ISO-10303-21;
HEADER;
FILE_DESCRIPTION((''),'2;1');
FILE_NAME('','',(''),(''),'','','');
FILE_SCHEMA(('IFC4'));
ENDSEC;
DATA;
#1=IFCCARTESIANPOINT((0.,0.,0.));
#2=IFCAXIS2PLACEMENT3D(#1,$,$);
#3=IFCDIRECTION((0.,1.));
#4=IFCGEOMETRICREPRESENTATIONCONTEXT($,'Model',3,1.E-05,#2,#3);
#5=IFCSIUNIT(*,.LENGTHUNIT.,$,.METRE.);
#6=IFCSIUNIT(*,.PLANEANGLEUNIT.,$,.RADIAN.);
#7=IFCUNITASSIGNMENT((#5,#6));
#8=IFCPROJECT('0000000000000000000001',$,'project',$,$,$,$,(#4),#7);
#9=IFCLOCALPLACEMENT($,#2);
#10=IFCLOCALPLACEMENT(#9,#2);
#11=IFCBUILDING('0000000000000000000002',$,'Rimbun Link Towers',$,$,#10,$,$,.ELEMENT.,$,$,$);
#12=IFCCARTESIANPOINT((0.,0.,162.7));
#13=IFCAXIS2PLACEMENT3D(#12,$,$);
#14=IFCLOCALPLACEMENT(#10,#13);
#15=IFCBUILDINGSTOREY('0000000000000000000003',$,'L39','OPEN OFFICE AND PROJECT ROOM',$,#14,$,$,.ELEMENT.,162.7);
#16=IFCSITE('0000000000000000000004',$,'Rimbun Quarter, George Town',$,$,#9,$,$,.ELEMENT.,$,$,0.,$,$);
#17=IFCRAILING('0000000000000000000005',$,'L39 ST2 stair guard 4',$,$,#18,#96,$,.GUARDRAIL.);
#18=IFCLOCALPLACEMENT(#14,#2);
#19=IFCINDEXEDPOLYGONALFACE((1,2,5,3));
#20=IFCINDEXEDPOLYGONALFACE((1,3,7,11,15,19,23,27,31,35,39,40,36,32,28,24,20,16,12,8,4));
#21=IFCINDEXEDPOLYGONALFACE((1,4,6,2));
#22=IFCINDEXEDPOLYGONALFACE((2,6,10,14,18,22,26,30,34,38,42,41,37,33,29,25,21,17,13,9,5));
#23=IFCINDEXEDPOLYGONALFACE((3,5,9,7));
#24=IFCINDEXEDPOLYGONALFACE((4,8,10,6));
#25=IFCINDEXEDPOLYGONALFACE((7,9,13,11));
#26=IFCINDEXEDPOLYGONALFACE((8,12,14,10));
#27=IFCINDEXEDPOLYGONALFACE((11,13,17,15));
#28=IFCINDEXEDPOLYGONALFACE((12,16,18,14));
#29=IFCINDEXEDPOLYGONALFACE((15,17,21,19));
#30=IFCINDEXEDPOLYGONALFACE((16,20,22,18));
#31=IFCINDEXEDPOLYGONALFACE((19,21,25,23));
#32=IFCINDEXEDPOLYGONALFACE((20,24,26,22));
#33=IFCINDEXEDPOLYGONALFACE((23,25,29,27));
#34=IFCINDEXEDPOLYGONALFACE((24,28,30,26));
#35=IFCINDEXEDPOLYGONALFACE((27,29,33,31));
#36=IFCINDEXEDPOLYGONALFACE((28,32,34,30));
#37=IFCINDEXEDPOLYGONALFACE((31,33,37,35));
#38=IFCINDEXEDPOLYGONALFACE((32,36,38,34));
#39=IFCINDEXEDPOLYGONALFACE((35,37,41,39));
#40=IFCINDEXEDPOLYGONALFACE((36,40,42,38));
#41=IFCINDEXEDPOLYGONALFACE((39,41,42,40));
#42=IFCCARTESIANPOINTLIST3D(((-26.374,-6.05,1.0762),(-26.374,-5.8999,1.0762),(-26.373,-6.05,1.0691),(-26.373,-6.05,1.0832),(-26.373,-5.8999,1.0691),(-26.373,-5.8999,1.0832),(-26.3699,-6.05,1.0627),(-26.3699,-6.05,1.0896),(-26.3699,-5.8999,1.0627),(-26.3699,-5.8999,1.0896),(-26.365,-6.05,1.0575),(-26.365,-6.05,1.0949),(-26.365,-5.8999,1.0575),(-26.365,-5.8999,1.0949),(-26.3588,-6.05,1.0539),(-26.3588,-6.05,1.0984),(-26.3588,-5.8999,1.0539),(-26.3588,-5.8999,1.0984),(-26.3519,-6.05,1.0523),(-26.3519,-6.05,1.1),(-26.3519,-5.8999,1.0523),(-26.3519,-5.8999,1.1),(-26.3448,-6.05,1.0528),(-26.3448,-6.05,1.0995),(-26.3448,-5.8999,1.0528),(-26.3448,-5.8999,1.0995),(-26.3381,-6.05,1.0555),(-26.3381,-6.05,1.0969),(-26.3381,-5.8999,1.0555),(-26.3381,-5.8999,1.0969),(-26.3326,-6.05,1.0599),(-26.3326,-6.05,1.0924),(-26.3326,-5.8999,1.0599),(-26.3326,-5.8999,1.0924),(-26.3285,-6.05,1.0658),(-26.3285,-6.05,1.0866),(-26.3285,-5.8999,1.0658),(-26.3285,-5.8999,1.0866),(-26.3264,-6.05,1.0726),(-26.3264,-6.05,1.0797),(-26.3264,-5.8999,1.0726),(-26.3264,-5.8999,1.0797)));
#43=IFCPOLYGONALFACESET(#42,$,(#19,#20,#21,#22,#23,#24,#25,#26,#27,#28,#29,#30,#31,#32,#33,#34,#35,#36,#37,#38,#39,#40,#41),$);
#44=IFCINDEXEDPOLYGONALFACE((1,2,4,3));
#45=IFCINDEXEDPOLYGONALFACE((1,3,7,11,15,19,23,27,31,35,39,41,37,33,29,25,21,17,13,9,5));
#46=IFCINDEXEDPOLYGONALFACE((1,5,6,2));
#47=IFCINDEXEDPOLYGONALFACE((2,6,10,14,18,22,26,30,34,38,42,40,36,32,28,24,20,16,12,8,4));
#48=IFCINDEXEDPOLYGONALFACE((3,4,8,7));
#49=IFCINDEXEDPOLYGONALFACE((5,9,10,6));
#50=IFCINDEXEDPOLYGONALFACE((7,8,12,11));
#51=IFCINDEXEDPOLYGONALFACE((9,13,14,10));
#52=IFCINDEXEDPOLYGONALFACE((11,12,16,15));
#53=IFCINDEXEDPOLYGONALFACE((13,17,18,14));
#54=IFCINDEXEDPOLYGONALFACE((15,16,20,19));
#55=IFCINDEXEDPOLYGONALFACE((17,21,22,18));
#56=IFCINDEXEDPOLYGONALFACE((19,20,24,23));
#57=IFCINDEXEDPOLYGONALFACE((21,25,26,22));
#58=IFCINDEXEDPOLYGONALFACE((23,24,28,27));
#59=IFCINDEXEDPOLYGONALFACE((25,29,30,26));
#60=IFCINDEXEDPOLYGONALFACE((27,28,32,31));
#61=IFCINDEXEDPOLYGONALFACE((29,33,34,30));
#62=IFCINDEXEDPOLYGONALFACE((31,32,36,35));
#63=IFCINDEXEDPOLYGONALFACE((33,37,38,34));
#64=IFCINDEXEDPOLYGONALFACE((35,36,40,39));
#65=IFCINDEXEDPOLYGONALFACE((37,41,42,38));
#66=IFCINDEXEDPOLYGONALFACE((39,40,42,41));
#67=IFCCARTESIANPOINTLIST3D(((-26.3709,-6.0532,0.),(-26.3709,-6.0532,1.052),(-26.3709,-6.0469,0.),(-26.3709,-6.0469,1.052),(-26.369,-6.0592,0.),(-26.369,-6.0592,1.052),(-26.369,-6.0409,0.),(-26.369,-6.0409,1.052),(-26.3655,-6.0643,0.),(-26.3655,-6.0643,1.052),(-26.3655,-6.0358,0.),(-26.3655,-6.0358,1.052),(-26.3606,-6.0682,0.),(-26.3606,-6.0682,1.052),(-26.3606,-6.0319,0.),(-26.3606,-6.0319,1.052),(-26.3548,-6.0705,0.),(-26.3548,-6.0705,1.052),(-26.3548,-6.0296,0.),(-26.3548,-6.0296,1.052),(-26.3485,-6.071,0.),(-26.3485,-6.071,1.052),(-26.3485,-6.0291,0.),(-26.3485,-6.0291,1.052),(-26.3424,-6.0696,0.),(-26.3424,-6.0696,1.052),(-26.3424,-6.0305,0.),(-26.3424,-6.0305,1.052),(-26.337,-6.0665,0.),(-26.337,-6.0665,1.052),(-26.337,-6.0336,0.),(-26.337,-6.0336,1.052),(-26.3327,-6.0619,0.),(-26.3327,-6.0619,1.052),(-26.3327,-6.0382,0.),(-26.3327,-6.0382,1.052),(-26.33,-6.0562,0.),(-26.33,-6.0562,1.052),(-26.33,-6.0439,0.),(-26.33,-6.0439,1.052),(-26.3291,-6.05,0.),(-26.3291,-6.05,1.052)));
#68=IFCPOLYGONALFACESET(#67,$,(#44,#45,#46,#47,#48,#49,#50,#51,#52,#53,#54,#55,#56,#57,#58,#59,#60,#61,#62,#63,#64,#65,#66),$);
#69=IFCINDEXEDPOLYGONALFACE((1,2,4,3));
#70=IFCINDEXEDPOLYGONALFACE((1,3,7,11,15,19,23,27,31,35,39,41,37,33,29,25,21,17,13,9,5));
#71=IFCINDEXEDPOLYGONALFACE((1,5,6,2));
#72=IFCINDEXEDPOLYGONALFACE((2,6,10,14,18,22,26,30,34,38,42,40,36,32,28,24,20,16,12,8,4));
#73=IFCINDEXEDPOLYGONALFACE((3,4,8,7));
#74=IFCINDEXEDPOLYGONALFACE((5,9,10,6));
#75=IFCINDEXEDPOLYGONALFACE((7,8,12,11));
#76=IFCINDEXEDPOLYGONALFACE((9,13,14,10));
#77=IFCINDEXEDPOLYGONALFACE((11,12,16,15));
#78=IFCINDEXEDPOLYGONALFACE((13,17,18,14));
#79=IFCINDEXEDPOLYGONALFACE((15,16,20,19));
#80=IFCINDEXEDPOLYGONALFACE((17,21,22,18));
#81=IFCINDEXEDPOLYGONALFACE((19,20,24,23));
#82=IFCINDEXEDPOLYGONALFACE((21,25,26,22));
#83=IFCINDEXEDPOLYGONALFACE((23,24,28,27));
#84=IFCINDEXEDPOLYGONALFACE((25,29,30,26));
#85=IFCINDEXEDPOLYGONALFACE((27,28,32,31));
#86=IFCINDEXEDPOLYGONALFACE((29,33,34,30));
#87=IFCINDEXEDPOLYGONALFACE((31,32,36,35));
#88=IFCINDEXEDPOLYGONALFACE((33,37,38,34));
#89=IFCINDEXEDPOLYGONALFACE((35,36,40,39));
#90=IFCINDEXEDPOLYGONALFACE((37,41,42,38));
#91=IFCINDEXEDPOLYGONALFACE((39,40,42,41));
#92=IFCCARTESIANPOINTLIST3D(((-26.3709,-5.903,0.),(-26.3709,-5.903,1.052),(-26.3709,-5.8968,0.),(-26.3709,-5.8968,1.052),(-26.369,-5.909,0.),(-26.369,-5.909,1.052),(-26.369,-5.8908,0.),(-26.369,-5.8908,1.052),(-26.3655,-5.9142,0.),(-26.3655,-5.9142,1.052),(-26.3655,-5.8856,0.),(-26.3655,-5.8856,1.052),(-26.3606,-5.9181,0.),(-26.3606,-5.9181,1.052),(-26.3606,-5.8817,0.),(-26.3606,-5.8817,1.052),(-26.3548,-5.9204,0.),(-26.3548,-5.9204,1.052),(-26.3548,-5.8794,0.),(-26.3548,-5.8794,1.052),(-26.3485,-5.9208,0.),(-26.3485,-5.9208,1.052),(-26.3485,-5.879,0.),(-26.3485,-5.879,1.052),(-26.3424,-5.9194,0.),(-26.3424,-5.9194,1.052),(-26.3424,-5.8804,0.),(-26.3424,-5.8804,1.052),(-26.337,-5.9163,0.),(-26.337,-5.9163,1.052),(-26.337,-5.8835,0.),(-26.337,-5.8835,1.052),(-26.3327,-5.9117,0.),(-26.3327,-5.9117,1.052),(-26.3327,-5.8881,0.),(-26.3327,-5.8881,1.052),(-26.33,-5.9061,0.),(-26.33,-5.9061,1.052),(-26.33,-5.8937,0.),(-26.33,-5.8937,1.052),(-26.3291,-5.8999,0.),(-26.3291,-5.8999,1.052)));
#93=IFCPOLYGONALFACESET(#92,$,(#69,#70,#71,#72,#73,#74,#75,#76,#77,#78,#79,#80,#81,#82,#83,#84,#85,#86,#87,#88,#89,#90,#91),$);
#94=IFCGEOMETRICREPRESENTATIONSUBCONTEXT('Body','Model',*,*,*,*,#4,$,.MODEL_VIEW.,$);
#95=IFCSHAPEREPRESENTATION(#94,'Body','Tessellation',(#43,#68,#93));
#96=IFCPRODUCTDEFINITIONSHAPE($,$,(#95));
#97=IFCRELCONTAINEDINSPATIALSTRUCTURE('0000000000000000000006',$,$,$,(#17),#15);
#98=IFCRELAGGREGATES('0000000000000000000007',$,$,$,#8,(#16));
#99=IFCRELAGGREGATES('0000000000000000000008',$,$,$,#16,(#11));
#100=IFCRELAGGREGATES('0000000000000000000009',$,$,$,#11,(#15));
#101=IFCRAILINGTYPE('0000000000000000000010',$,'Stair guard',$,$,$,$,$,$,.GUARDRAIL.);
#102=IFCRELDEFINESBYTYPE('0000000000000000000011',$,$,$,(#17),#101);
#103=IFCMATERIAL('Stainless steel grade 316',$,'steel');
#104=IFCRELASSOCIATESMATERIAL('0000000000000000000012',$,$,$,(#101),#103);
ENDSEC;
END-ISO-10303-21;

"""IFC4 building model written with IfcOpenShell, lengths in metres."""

from ifc_helpers import new_model, si_unit, direction, frame, origin, origin_2d, place, context, subcontext, project, spatial, circle, extrude, material, type_object, element, save


model = new_model("IFC4")

# Units and contexts
model_context = context("Model", 3, precision=1e-05, world=origin(), true_north=direction((0.0, 1.0)))
body_context = subcontext(model_context, "Body", "Model", "MODEL_VIEW")
ifc_project = project(units=[si_unit("LENGTHUNIT", "METRE"), si_unit("PLANEANGLEUNIT", "RADIAN")], contexts=[model_context])

# Site, building, storey
site_placement = place(None, origin())
site = spatial("IfcSite", under=ifc_project, at=site_placement, Name="Rimbun Quarter, George Town", CompositionType="ELEMENT", RefElevation=0.0)
building_placement = place(site_placement, origin())
building = spatial("IfcBuilding", under=site, at=building_placement, Name="Rimbun Link Towers", CompositionType="ELEMENT")
storey_placement = place(building_placement, frame((0.0, 0.0, 162.7)))
storey = spatial("IfcBuildingStorey", under=building, at=storey_placement, Name="L39", Description="OPEN OFFICE AND PROJECT ROOM", CompositionType="ELEMENT", Elevation=162.7)

# Railing
ifc_material_1 = material(Name="Stainless steel grade 316", Category="steel")
railing_type_1 = type_object("IfcRailingType", Name="Stair guard", PredefinedType="GUARDRAIL", material=ifc_material_1)
railing_1_placement = place(storey_placement, frame((-26.3501, -6.05, 0.0)))
element("IfcRailing", 1, at=railing_1_placement, inside=storey, type_object=railing_type_1, Name="L39 ST2 stair guard 4", PredefinedType="GUARDRAIL", context=body_context, shape_type="SweptSolid", body=[
    extrude(circle(Radius=0.0239, at=origin_2d()), frame((0.0, 0.0, 1.0762), z_axis=(0.0, 1.0, 0.0), x_axis=(-1.0, 0.0, 0.0)), (0.0, 0.0, 1.0), 0.1501),
    extrude(circle(Radius=0.021, at=origin_2d()), origin(), (0.0, 0.0, 1.0), 1.052),
    extrude(circle(Radius=0.021, at=origin_2d()), frame((0.0, 0.1501, 0.0)), (0.0, 0.0, 1.0), 1.052),
])

save(model, "model.ifc")
